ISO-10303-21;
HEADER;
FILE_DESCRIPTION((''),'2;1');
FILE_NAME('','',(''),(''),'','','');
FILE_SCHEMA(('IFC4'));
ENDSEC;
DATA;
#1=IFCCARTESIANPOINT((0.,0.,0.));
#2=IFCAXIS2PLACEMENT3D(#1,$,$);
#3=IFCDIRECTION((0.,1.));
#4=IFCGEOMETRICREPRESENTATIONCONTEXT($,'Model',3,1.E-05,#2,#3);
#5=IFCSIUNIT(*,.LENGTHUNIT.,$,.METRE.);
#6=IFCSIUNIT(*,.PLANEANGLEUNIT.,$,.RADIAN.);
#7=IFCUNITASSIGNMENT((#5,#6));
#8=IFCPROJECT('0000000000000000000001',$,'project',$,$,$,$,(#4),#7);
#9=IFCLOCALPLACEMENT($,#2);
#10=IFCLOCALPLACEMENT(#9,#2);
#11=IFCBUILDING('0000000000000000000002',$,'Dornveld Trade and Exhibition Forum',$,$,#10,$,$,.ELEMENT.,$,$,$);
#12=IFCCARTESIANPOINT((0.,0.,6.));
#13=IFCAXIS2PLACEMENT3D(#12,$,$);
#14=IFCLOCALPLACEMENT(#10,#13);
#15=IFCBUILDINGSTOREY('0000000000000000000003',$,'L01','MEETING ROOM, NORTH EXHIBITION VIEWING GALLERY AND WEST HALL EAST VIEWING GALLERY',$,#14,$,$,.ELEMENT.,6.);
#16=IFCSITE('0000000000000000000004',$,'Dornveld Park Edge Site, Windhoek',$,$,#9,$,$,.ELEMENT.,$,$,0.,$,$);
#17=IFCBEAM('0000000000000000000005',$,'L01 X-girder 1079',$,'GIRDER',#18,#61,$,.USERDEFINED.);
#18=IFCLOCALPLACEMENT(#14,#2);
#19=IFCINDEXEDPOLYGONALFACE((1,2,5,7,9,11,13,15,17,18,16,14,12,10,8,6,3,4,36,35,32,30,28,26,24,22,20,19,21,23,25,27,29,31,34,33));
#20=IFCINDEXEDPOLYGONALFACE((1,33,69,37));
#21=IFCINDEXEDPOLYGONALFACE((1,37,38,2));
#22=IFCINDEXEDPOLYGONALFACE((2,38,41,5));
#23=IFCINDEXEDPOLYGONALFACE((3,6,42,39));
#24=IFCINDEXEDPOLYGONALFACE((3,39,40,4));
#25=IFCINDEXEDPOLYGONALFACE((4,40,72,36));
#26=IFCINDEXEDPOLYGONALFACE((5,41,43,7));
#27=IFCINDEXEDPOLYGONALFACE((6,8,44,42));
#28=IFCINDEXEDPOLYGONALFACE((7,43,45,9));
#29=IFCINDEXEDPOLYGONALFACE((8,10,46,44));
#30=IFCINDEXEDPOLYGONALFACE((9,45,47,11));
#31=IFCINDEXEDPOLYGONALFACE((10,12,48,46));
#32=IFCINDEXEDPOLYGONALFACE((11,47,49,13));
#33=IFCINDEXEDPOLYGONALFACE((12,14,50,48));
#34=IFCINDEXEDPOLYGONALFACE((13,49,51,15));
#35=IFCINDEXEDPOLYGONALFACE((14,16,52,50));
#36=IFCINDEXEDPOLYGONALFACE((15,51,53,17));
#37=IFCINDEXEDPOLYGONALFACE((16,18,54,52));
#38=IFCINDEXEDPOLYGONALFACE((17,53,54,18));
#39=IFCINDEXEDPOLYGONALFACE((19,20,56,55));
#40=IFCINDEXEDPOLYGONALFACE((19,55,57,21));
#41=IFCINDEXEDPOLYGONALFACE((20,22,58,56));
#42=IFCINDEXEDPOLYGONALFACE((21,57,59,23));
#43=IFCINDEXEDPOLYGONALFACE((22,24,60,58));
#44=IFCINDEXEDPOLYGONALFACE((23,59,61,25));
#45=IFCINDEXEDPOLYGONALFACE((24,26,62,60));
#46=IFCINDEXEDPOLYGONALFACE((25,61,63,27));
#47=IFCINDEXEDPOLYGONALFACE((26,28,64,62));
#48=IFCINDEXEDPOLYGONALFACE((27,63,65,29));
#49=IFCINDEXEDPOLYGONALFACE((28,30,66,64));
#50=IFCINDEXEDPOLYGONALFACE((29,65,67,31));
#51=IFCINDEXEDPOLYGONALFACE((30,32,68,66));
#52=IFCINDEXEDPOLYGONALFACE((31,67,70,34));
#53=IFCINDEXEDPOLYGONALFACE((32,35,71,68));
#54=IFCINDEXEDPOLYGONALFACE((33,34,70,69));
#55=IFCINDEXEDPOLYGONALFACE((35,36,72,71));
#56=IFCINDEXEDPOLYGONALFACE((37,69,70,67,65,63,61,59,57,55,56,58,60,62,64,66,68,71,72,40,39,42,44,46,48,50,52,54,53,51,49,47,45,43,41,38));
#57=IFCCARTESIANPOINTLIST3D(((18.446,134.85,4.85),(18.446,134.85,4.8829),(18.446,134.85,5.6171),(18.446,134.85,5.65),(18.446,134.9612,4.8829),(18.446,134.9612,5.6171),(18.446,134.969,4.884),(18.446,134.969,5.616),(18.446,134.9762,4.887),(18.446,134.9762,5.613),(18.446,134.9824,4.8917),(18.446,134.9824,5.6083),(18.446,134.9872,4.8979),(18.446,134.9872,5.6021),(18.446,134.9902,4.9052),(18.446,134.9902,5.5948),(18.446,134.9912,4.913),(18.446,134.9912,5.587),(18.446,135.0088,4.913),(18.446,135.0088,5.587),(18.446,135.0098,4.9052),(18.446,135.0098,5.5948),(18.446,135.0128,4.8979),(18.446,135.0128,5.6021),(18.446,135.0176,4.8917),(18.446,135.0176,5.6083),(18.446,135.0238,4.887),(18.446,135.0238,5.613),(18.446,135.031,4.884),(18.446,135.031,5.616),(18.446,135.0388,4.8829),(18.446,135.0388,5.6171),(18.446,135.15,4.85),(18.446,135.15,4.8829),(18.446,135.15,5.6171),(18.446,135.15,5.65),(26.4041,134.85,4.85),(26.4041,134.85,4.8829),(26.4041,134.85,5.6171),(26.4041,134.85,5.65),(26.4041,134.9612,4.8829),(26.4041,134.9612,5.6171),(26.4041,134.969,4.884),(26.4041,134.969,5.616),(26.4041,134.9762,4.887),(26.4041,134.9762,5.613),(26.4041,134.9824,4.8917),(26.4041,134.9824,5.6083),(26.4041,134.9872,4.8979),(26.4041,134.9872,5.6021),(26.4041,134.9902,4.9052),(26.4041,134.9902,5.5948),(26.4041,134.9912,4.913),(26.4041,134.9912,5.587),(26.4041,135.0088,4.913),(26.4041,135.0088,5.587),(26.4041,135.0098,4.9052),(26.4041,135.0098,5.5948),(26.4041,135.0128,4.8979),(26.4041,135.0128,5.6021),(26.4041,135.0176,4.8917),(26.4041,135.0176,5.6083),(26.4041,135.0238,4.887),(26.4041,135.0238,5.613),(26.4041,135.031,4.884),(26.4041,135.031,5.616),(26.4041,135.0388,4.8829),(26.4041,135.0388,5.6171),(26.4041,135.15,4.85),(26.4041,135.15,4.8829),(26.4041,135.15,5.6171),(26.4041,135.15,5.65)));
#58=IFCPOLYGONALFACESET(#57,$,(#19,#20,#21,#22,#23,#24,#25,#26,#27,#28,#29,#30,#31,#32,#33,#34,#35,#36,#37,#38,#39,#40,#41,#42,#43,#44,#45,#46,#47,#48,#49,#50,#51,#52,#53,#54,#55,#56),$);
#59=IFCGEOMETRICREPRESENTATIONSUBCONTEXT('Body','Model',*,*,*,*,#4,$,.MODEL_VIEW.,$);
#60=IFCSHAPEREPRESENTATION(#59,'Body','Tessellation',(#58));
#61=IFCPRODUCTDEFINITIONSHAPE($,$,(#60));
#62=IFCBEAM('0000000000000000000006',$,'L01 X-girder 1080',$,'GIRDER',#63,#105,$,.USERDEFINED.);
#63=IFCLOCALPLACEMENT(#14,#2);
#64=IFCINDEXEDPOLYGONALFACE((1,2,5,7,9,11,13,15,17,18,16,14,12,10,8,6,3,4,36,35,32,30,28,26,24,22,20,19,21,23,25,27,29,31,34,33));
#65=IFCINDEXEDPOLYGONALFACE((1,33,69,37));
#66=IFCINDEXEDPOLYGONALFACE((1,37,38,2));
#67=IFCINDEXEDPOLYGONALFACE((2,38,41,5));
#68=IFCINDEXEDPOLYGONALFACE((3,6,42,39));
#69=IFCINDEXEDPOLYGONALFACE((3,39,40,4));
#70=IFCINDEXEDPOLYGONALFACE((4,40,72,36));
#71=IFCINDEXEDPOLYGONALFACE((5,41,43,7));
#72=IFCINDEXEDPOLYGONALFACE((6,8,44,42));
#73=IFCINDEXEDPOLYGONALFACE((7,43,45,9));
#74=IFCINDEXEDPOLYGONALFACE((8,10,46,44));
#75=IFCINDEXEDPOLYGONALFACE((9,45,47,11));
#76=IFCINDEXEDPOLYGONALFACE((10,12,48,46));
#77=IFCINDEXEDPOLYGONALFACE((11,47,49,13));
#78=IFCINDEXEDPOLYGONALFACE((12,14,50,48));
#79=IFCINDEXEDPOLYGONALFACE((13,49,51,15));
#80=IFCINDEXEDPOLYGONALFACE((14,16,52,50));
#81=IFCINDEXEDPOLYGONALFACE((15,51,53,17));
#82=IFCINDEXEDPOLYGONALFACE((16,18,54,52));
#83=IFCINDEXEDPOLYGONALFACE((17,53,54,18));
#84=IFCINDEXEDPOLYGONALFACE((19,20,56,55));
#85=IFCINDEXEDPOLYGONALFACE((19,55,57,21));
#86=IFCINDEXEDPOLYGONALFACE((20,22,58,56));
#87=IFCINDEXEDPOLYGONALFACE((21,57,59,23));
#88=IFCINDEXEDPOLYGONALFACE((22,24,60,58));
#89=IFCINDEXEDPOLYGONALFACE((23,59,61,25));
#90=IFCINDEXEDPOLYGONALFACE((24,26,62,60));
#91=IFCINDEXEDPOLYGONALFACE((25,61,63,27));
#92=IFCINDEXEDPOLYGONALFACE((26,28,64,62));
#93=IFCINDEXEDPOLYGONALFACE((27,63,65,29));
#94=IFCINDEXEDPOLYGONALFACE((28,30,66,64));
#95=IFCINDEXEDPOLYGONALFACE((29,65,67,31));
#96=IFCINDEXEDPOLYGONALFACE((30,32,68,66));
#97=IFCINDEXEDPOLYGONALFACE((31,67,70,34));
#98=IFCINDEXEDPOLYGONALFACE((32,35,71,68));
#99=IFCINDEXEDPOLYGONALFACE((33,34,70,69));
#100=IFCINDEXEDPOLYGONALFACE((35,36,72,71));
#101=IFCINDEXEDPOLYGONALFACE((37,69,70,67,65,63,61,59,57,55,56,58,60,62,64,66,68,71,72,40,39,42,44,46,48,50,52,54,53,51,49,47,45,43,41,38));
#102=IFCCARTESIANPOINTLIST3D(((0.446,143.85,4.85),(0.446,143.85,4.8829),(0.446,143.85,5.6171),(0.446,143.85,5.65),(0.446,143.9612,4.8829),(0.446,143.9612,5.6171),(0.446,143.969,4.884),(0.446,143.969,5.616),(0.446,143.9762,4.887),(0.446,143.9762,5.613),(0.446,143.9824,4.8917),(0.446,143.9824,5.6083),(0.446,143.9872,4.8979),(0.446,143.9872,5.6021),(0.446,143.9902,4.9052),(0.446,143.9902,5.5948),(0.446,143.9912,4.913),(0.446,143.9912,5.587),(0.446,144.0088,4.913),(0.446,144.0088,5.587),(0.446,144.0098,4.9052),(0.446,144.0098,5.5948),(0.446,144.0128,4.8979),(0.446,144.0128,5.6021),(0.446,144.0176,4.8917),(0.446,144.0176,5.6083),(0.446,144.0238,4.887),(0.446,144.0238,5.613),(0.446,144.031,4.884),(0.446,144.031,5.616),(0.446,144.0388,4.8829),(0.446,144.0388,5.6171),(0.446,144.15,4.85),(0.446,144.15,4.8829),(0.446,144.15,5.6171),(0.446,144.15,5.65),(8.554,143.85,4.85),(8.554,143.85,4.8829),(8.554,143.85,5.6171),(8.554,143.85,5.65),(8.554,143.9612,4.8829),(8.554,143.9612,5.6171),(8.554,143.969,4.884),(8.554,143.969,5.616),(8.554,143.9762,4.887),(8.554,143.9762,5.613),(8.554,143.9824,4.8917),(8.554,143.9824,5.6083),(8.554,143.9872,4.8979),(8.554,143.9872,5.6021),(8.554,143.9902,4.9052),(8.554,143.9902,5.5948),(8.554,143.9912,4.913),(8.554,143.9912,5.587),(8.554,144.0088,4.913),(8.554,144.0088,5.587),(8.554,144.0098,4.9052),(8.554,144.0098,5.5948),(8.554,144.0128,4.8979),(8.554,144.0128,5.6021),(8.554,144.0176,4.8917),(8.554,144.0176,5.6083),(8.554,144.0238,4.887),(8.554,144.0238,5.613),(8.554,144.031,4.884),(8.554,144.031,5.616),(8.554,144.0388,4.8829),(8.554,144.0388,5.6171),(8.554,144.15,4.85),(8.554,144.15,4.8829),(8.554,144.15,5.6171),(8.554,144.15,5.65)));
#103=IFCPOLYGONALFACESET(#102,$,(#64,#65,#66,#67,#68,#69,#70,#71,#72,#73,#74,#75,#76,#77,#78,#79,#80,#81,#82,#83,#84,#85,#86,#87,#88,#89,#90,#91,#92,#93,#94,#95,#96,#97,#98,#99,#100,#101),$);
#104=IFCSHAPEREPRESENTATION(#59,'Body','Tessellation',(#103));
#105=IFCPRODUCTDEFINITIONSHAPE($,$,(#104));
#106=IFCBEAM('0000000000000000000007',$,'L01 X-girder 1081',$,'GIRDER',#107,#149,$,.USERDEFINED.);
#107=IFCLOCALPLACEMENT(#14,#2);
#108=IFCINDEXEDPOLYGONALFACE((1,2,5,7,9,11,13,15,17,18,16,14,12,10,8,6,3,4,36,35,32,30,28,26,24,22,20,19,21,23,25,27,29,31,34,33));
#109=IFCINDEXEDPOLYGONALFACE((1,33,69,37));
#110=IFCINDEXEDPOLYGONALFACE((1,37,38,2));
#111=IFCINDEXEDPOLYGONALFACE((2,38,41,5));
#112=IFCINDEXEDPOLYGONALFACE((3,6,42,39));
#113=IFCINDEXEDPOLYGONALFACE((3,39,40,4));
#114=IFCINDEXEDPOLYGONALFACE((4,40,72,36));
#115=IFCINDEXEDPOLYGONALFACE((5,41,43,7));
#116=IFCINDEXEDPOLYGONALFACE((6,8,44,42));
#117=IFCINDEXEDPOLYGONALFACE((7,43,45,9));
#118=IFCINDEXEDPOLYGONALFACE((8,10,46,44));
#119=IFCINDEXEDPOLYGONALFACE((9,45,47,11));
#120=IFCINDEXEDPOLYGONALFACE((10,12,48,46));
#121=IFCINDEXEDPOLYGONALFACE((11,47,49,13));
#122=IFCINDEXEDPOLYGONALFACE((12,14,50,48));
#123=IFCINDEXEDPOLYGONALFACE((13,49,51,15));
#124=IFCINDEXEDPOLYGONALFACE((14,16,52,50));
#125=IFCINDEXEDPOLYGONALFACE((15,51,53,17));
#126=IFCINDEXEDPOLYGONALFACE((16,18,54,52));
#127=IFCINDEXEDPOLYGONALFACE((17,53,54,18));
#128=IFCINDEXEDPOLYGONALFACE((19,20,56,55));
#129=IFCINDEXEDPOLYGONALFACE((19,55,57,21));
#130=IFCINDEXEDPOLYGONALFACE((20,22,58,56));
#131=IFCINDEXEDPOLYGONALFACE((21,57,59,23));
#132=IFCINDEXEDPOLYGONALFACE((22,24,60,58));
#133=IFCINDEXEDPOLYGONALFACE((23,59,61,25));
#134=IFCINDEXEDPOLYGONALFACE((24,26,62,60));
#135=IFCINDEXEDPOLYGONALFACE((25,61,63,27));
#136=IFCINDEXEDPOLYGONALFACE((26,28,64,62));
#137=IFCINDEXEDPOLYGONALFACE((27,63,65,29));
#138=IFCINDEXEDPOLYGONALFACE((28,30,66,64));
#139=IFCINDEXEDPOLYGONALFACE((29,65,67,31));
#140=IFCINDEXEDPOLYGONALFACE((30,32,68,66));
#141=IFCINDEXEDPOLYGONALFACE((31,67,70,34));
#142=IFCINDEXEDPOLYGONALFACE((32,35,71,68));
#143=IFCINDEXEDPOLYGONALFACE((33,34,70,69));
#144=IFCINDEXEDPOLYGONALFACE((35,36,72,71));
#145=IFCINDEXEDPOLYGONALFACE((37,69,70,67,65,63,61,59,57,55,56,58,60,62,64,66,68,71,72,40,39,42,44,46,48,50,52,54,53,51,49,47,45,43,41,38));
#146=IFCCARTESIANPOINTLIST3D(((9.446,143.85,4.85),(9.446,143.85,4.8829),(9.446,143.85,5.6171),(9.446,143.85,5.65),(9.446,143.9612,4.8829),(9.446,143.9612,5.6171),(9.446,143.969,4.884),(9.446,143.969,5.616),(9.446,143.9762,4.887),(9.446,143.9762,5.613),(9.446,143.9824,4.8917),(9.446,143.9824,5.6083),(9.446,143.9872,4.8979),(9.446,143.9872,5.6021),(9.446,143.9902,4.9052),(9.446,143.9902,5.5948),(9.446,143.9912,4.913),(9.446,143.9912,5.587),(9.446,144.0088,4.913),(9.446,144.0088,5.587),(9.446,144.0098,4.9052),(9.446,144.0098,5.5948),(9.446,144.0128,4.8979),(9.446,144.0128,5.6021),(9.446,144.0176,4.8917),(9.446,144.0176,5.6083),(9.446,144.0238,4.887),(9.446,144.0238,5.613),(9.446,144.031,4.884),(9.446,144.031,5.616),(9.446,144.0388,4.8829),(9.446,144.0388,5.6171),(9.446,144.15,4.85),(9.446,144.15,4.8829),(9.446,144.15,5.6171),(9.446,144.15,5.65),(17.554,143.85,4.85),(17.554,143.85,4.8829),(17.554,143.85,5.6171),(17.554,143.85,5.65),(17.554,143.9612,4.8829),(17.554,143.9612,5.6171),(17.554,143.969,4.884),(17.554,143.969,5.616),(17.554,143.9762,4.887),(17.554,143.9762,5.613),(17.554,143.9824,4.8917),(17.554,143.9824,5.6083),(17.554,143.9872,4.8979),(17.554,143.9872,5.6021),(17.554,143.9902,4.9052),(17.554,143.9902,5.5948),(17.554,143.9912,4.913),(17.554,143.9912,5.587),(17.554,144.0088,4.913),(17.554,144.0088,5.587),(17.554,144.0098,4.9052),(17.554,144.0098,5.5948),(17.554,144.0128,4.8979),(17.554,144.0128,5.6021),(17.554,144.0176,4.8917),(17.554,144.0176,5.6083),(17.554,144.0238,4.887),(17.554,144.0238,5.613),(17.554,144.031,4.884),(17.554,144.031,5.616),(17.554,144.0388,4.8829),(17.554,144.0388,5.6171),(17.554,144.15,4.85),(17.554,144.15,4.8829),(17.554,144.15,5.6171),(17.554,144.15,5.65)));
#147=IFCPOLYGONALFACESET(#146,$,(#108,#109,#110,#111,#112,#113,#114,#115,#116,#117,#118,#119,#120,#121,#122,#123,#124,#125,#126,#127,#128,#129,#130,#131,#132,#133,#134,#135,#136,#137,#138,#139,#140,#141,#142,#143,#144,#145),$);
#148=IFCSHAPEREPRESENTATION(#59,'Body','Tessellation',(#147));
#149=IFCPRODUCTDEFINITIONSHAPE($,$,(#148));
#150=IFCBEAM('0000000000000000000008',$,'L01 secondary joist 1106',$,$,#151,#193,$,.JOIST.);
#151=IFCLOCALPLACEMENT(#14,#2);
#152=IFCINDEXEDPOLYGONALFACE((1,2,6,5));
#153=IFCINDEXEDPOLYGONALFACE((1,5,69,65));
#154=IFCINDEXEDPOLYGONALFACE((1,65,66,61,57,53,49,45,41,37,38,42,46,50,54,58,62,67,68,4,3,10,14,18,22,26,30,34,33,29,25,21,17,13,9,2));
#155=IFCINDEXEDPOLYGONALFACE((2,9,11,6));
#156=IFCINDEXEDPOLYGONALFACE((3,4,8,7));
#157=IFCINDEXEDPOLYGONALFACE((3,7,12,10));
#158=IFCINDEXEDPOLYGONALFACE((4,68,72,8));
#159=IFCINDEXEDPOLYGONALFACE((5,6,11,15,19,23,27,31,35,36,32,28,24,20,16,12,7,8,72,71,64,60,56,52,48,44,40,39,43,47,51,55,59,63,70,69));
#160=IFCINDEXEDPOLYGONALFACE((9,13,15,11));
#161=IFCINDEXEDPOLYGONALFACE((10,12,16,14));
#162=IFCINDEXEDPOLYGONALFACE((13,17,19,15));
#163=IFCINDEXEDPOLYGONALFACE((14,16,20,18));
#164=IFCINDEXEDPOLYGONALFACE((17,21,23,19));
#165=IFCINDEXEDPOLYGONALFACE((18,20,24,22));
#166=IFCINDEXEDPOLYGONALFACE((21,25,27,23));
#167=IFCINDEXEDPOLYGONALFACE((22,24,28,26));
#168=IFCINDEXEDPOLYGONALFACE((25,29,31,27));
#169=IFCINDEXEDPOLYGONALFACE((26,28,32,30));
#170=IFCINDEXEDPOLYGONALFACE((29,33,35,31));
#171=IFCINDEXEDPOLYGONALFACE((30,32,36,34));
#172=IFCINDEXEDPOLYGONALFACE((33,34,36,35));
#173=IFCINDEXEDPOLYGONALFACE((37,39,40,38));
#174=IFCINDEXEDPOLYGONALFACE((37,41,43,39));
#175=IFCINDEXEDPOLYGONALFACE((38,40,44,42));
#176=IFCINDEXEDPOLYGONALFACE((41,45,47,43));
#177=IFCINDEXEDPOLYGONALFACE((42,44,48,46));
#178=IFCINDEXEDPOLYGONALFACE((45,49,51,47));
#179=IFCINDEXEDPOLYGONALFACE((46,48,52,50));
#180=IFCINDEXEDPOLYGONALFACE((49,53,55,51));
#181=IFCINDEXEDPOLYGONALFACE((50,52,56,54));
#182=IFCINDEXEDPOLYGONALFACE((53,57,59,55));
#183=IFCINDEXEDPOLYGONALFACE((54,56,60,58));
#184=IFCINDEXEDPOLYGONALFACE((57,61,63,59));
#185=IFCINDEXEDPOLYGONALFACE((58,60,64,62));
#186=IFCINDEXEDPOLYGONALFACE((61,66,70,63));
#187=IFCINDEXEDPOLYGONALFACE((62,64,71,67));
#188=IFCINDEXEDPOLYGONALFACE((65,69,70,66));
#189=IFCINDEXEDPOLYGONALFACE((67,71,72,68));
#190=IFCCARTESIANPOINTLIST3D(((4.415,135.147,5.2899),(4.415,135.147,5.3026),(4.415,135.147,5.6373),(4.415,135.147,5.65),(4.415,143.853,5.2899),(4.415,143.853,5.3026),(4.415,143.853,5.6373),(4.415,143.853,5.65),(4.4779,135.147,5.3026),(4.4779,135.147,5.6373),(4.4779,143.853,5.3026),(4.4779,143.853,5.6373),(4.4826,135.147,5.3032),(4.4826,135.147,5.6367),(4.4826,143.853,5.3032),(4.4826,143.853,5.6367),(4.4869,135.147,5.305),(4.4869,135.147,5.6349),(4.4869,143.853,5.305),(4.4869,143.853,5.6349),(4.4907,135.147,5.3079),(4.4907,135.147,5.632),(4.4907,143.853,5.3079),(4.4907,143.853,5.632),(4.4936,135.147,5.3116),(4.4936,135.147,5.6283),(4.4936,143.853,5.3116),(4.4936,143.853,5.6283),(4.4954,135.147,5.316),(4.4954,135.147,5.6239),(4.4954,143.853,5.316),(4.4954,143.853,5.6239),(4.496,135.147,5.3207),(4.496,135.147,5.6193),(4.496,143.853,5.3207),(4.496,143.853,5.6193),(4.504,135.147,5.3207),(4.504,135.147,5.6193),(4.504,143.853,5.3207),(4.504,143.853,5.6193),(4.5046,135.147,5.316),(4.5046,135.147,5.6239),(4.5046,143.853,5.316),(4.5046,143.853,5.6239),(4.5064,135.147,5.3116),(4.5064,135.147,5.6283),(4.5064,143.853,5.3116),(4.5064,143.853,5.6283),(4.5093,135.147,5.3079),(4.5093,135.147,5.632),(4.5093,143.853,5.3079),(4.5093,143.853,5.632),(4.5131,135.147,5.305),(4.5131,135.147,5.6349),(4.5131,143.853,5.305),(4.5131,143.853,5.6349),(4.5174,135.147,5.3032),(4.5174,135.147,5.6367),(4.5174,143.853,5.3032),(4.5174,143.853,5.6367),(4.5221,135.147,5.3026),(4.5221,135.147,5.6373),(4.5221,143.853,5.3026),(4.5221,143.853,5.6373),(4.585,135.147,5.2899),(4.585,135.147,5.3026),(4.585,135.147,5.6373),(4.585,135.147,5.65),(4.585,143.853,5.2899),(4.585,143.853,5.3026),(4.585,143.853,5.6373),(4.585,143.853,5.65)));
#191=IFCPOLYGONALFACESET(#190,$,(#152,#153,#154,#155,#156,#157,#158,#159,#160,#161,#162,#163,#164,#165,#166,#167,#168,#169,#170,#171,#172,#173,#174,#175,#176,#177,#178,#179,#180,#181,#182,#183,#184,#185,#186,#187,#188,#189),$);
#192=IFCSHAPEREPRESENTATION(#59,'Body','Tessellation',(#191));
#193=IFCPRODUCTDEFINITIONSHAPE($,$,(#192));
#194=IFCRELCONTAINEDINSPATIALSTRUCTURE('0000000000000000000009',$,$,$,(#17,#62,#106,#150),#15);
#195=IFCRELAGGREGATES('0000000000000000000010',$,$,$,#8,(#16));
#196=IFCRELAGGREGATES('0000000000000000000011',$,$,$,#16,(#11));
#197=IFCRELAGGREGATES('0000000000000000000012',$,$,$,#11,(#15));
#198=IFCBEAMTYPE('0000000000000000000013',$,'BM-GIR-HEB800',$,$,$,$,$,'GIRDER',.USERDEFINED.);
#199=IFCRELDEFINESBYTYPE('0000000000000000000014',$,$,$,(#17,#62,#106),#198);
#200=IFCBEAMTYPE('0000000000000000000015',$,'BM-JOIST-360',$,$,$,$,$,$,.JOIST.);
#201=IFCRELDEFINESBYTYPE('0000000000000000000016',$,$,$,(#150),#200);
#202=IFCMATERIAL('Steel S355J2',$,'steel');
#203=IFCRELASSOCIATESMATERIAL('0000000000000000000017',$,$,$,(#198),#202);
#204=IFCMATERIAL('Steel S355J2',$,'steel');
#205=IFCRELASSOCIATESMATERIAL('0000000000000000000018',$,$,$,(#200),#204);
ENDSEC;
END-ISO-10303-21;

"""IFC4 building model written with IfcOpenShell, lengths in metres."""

from ifc_helpers import new_model, si_unit, direction, frame, origin, origin_2d, place, context, subcontext, project, spatial, i_section, extrude, material, material_profile, profile_set, type_object, element, save


model = new_model("IFC4")

# Units and contexts
model_context = context("Model", 3, precision=1e-05, world=origin(), true_north=direction((0.0, 1.0)))
body_context = subcontext(model_context, "Body", "Model", "MODEL_VIEW")
ifc_project = project(units=[si_unit("LENGTHUNIT", "METRE"), si_unit("PLANEANGLEUNIT", "RADIAN")], contexts=[model_context])

# Site, building, storey
site_placement = place(None, origin())
site = spatial("IfcSite", under=ifc_project, at=site_placement, Name="Dornveld Park Edge Site, Windhoek", CompositionType="ELEMENT", RefElevation=0.0)
building_placement = place(site_placement, origin())
building = spatial("IfcBuilding", under=site, at=building_placement, Name="Dornveld Trade and Exhibition Forum", CompositionType="ELEMENT")
storey_placement = place(building_placement, frame((0.0, 0.0, 6.0)))
storey = spatial("IfcBuildingStorey", under=building, at=storey_placement, Name="L01", Description="MEETING ROOM, NORTH EXHIBITION VIEWING GALLERY AND WEST HALL EAST VIEWING GALLERY", CompositionType="ELEMENT", Elevation=6.0)

# Beams
ifc_material_1 = material(Name="Steel S355J2", Category="steel")
ifc_material_profile_1 = material_profile(ifc_material_1, i_section(OverallWidth=0.3, OverallDepth=0.8, WebThickness=0.0176, FlangeThickness=0.033, FilletRadius=0.03, at=origin_2d()), Name="HEB 800")
ifc_profile_set_1 = profile_set([ifc_material_profile_1], Name="Steel S355J2")
beam_type_1 = type_object("IfcBeamType", Name="BM-GIR-HEB800", ElementType="GIRDER", PredefinedType="USERDEFINED", material=ifc_profile_set_1)
beam_placement = place(storey_placement, frame((18.446, 135.0, 5.25), z_axis=(1.0, 0.0, 0.0), x_axis=(0.0, 1.0, 0.0)))
element("IfcBeam", 1, at=beam_placement, inside=storey, type_object=beam_type_1, Name="L01 X-girder 1079", ObjectType="GIRDER", PredefinedType="USERDEFINED", context=body_context, shape_type="SweptSolid", body=[
    extrude(i_section(OverallWidth=0.3, OverallDepth=0.8, WebThickness=0.0176, FlangeThickness=0.033, FilletRadius=0.03, at=origin_2d()), origin(), (0.0, 0.0, 1.0), 7.958),
])
for number, where, z_axis, x_axis, name in (
    (2, (0.446, 144.0, 5.25), (1.0, 0.0, 0.0), (0.0, 1.0, 0.0), "L01 X-girder 1080"),
    (3, (9.446, 144.0, 5.25), (1.0, 0.0, 0.0), (0.0, 1.0, 0.0), "L01 X-girder 1081"),
):
    element("IfcBeam", number, at=place(storey_placement, frame(where, z_axis=z_axis, x_axis=x_axis)), inside=storey, type_object=beam_type_1, Name=name, ObjectType="GIRDER", PredefinedType="USERDEFINED", context=body_context, shape_type="SweptSolid", body=[
        extrude(i_section(OverallWidth=0.3, OverallDepth=0.8, WebThickness=0.0176, FlangeThickness=0.033, FilletRadius=0.03, at=origin_2d()), origin(), (0.0, 0.0, 1.0), 8.1079),
    ])
ifc_material_2 = material(Name="Steel S355J2", Category="steel")
ifc_material_profile_2 = material_profile(ifc_material_2, i_section(OverallWidth=0.1699, OverallDepth=0.3601, WebThickness=0.0081, FlangeThickness=0.0127, FilletRadius=0.0181, at=origin_2d()), Name="IPE 360")
ifc_profile_set_2 = profile_set([ifc_material_profile_2], Name="Steel S355J2")
beam_type_2 = type_object("IfcBeamType", Name="BM-JOIST-360", PredefinedType="JOIST", material=ifc_profile_set_2)
for number, where, z_axis, x_axis, name in (
    (4, (4.5, 135.147, 5.47), (0.0, 1.0, 0.0), (-1.0, 0.0, 0.0), "L01 secondary joist 1106"),
):
    element("IfcBeam", number, at=place(storey_placement, frame(where, z_axis=z_axis, x_axis=x_axis)), inside=storey, type_object=beam_type_2, Name=name, PredefinedType="JOIST", context=body_context, shape_type="SweptSolid", body=[
        extrude(i_section(OverallWidth=0.1699, OverallDepth=0.3601, WebThickness=0.0081, FlangeThickness=0.0127, FilletRadius=0.0181, at=origin_2d()), origin(), (0.0, 0.0, 1.0), 8.7061),
    ])

save(model, "model.ifc")
